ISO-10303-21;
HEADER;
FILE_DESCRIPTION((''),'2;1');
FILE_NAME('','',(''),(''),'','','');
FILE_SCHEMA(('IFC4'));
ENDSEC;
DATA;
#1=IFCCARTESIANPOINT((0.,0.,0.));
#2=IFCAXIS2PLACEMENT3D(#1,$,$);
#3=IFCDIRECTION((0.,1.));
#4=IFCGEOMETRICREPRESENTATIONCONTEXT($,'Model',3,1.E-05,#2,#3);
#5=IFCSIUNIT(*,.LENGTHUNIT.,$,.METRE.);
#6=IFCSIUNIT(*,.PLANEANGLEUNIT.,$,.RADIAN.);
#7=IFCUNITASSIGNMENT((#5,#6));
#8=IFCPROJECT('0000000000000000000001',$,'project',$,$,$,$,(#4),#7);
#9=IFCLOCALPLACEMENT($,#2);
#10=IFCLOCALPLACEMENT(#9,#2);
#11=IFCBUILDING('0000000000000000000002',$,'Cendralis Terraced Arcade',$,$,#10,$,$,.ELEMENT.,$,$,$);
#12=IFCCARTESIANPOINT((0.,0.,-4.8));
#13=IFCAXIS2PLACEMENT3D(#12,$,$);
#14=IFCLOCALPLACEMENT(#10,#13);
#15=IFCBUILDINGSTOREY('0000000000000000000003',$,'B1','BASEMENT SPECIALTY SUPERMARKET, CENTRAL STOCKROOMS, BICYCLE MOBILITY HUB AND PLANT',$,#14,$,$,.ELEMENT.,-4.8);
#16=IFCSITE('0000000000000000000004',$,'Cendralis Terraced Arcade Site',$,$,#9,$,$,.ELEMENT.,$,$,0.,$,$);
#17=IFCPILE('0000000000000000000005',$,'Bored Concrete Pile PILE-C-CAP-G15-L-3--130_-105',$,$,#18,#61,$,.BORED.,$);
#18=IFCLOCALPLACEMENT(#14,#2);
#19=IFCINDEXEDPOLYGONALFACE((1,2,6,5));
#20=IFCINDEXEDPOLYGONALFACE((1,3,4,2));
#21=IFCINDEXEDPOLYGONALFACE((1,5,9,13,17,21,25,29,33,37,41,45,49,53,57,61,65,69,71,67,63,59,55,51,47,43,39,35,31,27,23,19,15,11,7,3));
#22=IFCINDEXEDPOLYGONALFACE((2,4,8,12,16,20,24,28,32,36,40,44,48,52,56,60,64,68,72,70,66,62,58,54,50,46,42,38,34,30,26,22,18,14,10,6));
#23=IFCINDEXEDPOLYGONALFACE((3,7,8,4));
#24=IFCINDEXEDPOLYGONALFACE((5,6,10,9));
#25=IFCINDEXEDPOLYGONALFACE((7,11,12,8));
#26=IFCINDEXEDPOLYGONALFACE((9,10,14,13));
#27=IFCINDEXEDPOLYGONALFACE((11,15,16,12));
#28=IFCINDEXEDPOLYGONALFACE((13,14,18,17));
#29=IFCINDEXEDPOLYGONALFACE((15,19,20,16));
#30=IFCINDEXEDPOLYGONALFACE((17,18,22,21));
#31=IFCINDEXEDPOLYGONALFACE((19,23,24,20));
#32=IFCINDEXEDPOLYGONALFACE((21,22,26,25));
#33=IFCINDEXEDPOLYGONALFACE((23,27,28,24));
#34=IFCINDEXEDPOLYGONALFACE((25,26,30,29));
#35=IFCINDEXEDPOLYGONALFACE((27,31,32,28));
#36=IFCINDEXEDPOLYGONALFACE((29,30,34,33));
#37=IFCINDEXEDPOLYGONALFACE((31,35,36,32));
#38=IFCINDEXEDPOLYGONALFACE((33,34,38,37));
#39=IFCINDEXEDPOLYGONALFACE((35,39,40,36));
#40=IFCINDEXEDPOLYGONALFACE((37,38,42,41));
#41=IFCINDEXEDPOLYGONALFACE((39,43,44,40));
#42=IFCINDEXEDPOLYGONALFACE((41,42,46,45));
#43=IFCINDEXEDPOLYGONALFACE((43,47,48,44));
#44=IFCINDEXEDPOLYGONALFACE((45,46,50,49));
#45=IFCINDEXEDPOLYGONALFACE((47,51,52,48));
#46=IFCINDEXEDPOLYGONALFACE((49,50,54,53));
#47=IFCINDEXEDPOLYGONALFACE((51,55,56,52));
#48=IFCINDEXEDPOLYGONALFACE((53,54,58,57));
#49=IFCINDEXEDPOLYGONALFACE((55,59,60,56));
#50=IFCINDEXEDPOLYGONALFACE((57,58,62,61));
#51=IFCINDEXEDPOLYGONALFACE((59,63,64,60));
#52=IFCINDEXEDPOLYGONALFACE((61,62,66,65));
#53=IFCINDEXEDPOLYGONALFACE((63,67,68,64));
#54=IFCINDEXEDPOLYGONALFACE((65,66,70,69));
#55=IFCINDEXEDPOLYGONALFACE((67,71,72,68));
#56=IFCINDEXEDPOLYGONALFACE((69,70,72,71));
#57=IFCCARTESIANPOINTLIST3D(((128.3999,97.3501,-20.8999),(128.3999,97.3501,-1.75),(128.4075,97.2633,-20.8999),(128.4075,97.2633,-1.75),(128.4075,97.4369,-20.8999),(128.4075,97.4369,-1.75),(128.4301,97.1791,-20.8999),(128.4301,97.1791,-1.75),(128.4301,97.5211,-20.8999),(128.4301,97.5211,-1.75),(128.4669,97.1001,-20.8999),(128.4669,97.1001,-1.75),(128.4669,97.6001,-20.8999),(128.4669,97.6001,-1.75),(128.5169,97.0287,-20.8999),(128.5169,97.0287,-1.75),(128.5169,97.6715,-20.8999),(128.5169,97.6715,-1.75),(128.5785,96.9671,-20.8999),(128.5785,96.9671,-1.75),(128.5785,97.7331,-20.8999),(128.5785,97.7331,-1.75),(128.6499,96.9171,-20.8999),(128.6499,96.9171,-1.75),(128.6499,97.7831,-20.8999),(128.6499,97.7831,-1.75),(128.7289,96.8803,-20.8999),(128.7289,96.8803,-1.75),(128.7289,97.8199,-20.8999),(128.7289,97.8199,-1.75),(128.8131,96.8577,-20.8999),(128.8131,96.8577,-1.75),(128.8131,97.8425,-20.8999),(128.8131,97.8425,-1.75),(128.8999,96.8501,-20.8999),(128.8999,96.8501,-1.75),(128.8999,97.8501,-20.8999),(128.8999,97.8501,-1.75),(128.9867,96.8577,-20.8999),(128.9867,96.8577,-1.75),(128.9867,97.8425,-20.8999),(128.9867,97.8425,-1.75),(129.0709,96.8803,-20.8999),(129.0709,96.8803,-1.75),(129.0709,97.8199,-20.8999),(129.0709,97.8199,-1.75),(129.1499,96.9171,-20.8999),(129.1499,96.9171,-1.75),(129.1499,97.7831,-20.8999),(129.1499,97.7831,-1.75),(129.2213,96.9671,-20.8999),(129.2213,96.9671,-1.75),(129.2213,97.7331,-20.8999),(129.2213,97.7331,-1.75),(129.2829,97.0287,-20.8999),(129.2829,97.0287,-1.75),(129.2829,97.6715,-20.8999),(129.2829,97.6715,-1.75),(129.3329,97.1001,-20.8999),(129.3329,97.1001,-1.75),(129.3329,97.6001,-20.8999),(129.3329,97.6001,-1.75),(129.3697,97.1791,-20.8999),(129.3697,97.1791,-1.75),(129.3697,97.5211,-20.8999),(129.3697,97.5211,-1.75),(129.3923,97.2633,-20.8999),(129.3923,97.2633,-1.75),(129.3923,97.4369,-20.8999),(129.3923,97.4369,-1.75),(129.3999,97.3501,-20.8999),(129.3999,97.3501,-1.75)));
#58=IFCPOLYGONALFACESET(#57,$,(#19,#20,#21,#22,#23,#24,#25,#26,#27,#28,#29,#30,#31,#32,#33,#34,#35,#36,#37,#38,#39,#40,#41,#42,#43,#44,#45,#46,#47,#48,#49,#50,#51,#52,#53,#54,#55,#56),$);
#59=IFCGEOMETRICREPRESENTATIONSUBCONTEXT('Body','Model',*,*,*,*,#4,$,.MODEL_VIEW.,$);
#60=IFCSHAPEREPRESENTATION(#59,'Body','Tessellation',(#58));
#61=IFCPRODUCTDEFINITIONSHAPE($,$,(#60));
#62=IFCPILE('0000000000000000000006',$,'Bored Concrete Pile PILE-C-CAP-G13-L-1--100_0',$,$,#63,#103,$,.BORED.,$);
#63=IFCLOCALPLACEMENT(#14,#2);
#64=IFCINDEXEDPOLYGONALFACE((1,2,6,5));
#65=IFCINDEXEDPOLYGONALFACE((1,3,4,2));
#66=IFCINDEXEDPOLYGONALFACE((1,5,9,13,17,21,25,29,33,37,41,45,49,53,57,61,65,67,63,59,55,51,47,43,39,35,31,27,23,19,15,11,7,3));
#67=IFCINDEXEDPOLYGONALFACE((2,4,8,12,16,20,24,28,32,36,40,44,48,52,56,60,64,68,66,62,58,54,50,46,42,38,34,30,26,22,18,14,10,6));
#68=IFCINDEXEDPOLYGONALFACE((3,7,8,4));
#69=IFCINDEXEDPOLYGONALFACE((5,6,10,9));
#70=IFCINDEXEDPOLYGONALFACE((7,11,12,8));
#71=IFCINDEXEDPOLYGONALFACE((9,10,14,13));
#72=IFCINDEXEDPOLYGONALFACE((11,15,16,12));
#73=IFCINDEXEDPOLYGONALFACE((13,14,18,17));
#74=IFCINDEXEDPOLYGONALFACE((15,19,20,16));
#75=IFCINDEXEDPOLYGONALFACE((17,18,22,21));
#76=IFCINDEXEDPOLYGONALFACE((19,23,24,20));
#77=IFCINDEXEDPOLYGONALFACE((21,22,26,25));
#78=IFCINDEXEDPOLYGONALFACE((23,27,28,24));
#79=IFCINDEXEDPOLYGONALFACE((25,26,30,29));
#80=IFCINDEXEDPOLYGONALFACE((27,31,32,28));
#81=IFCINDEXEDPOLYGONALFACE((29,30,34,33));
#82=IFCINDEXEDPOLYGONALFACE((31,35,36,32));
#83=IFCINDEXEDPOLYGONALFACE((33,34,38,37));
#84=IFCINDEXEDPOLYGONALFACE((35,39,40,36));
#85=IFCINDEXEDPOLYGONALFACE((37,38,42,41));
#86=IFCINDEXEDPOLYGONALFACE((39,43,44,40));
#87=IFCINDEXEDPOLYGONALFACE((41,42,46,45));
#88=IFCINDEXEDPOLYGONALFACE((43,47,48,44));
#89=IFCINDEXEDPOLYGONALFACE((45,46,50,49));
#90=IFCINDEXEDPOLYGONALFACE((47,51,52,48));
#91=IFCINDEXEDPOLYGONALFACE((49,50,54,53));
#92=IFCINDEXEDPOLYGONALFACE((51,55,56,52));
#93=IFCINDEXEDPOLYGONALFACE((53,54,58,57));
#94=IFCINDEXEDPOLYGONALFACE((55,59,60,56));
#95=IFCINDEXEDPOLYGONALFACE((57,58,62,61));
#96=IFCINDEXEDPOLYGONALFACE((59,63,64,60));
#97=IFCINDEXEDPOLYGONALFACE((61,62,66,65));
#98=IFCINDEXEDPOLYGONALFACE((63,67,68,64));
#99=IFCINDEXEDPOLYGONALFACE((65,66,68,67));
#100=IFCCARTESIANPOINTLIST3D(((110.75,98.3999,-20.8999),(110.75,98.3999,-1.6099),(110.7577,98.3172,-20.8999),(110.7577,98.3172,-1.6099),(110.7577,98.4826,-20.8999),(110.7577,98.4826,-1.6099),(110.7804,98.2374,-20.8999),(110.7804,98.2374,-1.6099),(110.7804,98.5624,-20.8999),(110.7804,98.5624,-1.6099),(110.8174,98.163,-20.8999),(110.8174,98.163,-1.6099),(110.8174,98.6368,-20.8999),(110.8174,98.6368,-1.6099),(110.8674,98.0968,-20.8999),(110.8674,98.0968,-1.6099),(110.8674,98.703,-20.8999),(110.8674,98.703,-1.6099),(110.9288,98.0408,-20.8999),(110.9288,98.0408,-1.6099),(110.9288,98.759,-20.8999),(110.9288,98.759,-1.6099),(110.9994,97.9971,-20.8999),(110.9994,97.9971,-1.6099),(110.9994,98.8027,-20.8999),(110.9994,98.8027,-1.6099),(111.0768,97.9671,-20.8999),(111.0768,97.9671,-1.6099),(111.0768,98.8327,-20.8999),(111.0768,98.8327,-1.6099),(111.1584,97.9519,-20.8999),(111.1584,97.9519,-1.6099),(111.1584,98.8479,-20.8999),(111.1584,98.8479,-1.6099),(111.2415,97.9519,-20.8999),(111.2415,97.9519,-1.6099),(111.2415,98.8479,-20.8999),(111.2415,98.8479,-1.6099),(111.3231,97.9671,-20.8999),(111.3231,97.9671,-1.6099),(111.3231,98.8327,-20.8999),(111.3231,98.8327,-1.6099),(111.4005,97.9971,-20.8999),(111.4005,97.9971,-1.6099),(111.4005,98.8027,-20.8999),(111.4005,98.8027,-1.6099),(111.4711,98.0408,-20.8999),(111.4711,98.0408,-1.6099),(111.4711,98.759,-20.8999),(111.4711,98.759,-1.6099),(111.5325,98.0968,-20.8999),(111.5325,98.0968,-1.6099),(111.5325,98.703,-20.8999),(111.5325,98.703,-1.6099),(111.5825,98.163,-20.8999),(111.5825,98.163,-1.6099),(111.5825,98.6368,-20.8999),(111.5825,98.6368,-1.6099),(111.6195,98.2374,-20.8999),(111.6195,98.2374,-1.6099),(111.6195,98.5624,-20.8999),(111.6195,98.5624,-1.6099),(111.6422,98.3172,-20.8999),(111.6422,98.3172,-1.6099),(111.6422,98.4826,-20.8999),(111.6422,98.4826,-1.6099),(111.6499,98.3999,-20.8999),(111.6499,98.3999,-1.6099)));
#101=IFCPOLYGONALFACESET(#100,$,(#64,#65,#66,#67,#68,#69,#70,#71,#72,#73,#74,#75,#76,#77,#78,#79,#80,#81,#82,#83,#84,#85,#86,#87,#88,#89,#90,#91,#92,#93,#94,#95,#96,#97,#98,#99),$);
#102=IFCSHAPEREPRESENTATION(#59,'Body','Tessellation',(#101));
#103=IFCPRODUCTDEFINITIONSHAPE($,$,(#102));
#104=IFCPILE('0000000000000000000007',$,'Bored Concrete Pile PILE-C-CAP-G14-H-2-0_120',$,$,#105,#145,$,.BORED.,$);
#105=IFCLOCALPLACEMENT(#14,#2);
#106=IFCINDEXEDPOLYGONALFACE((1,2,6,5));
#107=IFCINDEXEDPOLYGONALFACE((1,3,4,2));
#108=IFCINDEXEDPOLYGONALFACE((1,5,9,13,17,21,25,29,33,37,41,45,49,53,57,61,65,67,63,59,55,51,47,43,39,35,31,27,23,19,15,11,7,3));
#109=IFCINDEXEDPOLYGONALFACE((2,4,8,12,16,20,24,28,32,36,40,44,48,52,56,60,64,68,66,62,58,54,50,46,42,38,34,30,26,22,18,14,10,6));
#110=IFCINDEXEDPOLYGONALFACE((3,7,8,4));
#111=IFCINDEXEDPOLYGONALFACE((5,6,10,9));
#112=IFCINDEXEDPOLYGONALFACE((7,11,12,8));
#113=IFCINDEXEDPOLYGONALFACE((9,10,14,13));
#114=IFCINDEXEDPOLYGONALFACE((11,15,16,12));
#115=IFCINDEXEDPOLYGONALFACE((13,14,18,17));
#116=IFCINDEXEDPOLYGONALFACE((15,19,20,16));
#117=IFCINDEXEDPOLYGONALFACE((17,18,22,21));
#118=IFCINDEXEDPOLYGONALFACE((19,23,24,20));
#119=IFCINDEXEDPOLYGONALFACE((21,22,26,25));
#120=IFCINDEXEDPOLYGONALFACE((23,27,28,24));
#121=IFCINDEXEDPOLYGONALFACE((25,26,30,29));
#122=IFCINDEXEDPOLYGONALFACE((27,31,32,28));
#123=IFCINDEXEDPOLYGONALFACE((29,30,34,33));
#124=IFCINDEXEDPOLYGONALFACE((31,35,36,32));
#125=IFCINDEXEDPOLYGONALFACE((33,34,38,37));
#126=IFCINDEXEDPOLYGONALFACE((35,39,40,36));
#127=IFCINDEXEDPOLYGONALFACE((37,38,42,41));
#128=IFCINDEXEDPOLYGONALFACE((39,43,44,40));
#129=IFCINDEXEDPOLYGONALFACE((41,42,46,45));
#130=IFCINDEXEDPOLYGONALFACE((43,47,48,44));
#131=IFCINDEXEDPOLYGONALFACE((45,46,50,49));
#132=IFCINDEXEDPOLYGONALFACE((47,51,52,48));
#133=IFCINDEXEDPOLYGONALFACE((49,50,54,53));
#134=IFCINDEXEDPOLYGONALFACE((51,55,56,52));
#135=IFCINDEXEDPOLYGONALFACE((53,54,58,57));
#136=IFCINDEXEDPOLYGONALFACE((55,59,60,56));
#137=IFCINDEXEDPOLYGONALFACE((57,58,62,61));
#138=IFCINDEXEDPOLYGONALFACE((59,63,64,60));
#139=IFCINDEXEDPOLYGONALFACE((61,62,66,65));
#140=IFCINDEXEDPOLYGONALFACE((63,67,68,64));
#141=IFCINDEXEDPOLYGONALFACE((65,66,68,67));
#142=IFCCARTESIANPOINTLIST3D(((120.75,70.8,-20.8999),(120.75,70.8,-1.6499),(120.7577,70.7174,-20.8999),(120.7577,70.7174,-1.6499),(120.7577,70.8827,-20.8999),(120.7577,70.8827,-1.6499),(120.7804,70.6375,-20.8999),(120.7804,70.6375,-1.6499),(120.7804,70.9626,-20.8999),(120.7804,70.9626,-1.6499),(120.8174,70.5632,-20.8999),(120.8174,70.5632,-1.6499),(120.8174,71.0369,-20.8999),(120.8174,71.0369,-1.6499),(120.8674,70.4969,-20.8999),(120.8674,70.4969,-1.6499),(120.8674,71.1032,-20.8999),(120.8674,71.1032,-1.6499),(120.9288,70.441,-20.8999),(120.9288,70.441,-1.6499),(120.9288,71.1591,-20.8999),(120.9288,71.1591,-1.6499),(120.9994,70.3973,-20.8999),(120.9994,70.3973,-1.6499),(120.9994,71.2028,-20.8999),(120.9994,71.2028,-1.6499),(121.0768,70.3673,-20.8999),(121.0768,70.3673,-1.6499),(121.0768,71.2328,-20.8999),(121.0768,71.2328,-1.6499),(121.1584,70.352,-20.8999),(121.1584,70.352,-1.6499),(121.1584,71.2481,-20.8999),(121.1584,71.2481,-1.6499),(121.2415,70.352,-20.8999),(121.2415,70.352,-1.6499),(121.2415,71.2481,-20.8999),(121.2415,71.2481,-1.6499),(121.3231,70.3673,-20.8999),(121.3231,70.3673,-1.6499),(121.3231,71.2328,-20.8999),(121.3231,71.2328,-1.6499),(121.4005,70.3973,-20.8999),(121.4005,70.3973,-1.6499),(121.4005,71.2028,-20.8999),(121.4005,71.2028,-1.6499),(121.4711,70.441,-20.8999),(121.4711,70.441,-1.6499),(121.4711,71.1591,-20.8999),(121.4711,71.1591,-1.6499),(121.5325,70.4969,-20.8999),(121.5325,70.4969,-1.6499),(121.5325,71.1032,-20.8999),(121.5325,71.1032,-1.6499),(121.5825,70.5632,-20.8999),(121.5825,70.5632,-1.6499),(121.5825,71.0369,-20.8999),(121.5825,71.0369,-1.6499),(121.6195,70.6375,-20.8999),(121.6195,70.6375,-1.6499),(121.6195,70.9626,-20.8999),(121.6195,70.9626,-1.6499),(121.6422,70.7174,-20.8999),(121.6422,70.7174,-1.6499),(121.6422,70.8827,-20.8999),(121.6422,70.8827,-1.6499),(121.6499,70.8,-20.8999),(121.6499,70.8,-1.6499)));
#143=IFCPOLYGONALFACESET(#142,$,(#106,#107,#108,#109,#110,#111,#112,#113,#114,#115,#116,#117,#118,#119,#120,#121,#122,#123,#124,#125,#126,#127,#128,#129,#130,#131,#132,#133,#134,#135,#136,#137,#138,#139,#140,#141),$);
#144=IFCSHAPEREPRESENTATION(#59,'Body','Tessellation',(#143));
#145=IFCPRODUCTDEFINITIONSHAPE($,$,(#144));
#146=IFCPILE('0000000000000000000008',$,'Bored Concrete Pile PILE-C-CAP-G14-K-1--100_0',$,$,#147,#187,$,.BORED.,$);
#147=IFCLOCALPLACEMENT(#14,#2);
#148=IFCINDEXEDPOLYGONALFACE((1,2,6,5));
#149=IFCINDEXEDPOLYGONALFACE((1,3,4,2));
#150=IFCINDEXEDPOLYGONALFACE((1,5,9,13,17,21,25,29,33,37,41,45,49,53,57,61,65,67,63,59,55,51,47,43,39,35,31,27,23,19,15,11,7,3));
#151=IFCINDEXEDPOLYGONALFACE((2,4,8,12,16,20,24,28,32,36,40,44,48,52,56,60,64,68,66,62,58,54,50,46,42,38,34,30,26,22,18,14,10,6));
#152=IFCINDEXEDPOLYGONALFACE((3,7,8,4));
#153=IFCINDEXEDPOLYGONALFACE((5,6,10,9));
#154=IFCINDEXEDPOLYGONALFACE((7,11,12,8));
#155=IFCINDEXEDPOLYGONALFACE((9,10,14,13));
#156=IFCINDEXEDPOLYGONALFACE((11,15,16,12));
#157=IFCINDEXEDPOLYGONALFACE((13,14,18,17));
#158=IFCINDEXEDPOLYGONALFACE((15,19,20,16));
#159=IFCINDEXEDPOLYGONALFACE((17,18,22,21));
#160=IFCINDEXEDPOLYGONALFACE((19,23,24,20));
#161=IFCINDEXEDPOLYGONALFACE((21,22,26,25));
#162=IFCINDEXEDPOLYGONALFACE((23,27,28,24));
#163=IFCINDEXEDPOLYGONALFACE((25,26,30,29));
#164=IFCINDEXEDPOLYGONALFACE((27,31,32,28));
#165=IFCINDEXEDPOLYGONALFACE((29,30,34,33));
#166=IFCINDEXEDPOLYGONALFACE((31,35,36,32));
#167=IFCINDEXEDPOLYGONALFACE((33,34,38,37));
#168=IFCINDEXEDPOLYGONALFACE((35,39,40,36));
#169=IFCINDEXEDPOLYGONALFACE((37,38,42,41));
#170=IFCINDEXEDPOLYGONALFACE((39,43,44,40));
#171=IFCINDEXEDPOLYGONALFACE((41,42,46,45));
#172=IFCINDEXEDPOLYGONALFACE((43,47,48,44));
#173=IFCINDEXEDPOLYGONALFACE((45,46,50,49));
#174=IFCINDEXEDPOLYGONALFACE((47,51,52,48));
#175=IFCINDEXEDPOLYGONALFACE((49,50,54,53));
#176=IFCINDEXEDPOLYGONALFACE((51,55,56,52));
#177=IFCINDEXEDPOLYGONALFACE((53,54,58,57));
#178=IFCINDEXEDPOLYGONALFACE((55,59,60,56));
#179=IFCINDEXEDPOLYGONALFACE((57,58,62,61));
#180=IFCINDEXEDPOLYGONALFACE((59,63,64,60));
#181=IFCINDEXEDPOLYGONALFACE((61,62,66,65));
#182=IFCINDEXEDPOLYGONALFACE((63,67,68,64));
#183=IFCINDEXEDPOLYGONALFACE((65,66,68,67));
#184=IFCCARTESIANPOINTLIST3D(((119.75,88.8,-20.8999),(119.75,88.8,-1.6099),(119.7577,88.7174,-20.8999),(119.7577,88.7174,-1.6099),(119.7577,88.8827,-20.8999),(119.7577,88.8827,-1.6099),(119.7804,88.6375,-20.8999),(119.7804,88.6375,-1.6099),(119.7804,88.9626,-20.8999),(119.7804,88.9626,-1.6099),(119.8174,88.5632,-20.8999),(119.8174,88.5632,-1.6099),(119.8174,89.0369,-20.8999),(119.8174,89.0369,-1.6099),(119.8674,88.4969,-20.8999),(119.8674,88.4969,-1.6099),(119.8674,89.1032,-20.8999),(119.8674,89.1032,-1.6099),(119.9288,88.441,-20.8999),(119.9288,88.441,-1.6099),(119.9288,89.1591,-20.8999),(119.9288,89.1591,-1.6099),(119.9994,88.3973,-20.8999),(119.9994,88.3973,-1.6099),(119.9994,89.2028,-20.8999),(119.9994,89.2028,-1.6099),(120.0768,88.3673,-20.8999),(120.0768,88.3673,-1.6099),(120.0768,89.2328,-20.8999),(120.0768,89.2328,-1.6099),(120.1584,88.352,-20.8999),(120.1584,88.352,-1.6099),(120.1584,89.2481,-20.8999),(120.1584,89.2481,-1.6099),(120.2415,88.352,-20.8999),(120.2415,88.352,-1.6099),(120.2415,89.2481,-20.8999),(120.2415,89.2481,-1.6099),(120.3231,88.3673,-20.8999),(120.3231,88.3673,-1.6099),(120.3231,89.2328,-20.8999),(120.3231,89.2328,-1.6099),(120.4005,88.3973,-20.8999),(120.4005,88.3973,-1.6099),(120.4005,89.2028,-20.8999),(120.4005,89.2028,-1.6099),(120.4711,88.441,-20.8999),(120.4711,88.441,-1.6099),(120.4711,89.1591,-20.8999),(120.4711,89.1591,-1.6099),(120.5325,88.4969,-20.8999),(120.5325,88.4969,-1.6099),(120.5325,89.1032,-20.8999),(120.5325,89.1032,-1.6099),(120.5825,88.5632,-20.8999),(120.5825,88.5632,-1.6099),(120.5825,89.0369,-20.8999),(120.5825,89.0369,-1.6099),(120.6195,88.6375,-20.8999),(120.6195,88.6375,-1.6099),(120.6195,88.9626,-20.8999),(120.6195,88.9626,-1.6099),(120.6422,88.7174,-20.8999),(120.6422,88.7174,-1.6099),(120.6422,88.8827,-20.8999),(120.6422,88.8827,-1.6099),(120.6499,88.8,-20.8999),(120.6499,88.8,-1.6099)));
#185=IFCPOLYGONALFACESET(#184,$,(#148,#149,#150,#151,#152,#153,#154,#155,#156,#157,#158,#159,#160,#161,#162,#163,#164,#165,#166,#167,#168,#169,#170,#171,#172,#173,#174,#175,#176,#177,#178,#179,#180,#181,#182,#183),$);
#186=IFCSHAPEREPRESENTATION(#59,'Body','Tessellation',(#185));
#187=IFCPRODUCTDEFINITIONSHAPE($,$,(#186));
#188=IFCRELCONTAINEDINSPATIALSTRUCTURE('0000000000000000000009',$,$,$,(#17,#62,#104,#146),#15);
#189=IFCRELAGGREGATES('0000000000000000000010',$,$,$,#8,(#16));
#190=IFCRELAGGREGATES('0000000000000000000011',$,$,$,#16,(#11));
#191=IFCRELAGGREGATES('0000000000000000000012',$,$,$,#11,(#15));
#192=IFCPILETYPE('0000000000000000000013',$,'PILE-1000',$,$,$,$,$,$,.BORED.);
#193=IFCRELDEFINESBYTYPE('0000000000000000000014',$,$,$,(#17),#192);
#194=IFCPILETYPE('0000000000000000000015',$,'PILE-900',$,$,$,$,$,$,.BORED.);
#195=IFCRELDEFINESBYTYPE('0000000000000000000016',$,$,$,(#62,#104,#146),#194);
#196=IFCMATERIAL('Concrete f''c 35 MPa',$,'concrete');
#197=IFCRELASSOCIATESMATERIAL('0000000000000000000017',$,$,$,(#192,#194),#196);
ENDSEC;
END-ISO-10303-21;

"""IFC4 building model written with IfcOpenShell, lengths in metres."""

from ifc_helpers import new_model, si_unit, direction, frame, origin, origin_2d, place, context, subcontext, project, spatial, circle, extrude, material, material_profile, profile_set, type_object, element, save


model = new_model("IFC4")

# Units and contexts
model_context = context("Model", 3, precision=1e-05, world=origin(), true_north=direction((0.0, 1.0)))
body_context = subcontext(model_context, "Body", "Model", "MODEL_VIEW")
ifc_project = project(units=[si_unit("LENGTHUNIT", "METRE"), si_unit("PLANEANGLEUNIT", "RADIAN")], contexts=[model_context])

# Site, building, storey
site_placement = place(None, origin())
site = spatial("IfcSite", under=ifc_project, at=site_placement, Name="Cendralis Terraced Arcade Site", CompositionType="ELEMENT", RefElevation=0.0)
building_placement = place(site_placement, origin())
building = spatial("IfcBuilding", under=site, at=building_placement, Name="Cendralis Terraced Arcade", CompositionType="ELEMENT")
storey_placement = place(building_placement, frame((0.0, 0.0, -4.8)))
storey = spatial("IfcBuildingStorey", under=building, at=storey_placement, Name="B1", Description="BASEMENT SPECIALTY SUPERMARKET, CENTRAL STOCKROOMS, BICYCLE MOBILITY HUB AND PLANT", CompositionType="ELEMENT", Elevation=-4.8)

# Shared definitions
ifc_material_1 = material(Name="Concrete f'c 35 MPa", Category="concrete")

# Piles
ifc_material_profile_1 = material_profile(ifc_material_1, circle(Radius=0.5, at=origin_2d()), Name="PILE-D1000", Category="LoadBearing")
ifc_profile_set_1 = profile_set([ifc_material_profile_1], Name="Concrete f'c 35 MPa")
pile_type_1 = type_object("IfcPileType", Name="PILE-1000", PredefinedType="BORED", material=ifc_profile_set_1)
pile_1_placement = place(storey_placement, frame((128.8999, 97.3501, -1.75), z_axis=(0.0, 0.0, -1.0), x_axis=(1.0, 0.0, 0.0)))
element("IfcPile", 1, at=pile_1_placement, inside=storey, type_object=pile_type_1, Name="Bored Concrete Pile PILE-C-CAP-G15-L-3--130_-105", PredefinedType="BORED", context=body_context, shape_type="SweptSolid", body=[
    extrude(circle(Radius=0.5, at=origin_2d()), origin(), (0.0, 0.0, 1.0), 19.1499),
])
ifc_material_profile_2 = material_profile(ifc_material_1, circle(Radius=0.45, at=origin_2d()), Name="PILE-D900", Category="LoadBearing")
ifc_profile_set_2 = profile_set([ifc_material_profile_2], Name="Concrete f'c 35 MPa")
pile_type_2 = type_object("IfcPileType", Name="PILE-900", PredefinedType="BORED", material=ifc_profile_set_2)
pile_2_placement = place(storey_placement, frame((111.2, 98.3999, -1.6099), z_axis=(0.0, 0.0, -1.0), x_axis=(1.0, 0.0, 0.0)))
element("IfcPile", 2, at=pile_2_placement, inside=storey, type_object=pile_type_2, Name="Bored Concrete Pile PILE-C-CAP-G13-L-1--100_0", PredefinedType="BORED", context=body_context, shape_type="SweptSolid", body=[
    extrude(circle(Radius=0.45, at=origin_2d()), origin(), (0.0, 0.0, 1.0), 19.29),
])
pile_3_placement = place(storey_placement, frame((121.2, 70.8, -1.6499), z_axis=(0.0, 0.0, -1.0), x_axis=(1.0, 0.0, 0.0)))
element("IfcPile", 3, at=pile_3_placement, inside=storey, type_object=pile_type_2, Name="Bored Concrete Pile PILE-C-CAP-G14-H-2-0_120", PredefinedType="BORED", context=body_context, shape_type="SweptSolid", body=[
    extrude(circle(Radius=0.45, at=origin_2d()), origin(), (0.0, 0.0, 1.0), 19.25),
])
for number, where, z_axis, x_axis, name in (
    (4, (120.2, 88.8, -1.6099), (0.0, 0.0, -1.0), (1.0, 0.0, 0.0), "Bored Concrete Pile PILE-C-CAP-G14-K-1--100_0"),
):
    element("IfcPile", number, at=place(storey_placement, frame(where, z_axis=z_axis, x_axis=x_axis)), inside=storey, type_object=pile_type_2, Name=name, PredefinedType="BORED", context=body_context, shape_type="SweptSolid", body=[
        extrude(circle(Radius=0.45, at=origin_2d()), origin(), (0.0, 0.0, 1.0), 19.29),
    ])

save(model, "model.ifc")
